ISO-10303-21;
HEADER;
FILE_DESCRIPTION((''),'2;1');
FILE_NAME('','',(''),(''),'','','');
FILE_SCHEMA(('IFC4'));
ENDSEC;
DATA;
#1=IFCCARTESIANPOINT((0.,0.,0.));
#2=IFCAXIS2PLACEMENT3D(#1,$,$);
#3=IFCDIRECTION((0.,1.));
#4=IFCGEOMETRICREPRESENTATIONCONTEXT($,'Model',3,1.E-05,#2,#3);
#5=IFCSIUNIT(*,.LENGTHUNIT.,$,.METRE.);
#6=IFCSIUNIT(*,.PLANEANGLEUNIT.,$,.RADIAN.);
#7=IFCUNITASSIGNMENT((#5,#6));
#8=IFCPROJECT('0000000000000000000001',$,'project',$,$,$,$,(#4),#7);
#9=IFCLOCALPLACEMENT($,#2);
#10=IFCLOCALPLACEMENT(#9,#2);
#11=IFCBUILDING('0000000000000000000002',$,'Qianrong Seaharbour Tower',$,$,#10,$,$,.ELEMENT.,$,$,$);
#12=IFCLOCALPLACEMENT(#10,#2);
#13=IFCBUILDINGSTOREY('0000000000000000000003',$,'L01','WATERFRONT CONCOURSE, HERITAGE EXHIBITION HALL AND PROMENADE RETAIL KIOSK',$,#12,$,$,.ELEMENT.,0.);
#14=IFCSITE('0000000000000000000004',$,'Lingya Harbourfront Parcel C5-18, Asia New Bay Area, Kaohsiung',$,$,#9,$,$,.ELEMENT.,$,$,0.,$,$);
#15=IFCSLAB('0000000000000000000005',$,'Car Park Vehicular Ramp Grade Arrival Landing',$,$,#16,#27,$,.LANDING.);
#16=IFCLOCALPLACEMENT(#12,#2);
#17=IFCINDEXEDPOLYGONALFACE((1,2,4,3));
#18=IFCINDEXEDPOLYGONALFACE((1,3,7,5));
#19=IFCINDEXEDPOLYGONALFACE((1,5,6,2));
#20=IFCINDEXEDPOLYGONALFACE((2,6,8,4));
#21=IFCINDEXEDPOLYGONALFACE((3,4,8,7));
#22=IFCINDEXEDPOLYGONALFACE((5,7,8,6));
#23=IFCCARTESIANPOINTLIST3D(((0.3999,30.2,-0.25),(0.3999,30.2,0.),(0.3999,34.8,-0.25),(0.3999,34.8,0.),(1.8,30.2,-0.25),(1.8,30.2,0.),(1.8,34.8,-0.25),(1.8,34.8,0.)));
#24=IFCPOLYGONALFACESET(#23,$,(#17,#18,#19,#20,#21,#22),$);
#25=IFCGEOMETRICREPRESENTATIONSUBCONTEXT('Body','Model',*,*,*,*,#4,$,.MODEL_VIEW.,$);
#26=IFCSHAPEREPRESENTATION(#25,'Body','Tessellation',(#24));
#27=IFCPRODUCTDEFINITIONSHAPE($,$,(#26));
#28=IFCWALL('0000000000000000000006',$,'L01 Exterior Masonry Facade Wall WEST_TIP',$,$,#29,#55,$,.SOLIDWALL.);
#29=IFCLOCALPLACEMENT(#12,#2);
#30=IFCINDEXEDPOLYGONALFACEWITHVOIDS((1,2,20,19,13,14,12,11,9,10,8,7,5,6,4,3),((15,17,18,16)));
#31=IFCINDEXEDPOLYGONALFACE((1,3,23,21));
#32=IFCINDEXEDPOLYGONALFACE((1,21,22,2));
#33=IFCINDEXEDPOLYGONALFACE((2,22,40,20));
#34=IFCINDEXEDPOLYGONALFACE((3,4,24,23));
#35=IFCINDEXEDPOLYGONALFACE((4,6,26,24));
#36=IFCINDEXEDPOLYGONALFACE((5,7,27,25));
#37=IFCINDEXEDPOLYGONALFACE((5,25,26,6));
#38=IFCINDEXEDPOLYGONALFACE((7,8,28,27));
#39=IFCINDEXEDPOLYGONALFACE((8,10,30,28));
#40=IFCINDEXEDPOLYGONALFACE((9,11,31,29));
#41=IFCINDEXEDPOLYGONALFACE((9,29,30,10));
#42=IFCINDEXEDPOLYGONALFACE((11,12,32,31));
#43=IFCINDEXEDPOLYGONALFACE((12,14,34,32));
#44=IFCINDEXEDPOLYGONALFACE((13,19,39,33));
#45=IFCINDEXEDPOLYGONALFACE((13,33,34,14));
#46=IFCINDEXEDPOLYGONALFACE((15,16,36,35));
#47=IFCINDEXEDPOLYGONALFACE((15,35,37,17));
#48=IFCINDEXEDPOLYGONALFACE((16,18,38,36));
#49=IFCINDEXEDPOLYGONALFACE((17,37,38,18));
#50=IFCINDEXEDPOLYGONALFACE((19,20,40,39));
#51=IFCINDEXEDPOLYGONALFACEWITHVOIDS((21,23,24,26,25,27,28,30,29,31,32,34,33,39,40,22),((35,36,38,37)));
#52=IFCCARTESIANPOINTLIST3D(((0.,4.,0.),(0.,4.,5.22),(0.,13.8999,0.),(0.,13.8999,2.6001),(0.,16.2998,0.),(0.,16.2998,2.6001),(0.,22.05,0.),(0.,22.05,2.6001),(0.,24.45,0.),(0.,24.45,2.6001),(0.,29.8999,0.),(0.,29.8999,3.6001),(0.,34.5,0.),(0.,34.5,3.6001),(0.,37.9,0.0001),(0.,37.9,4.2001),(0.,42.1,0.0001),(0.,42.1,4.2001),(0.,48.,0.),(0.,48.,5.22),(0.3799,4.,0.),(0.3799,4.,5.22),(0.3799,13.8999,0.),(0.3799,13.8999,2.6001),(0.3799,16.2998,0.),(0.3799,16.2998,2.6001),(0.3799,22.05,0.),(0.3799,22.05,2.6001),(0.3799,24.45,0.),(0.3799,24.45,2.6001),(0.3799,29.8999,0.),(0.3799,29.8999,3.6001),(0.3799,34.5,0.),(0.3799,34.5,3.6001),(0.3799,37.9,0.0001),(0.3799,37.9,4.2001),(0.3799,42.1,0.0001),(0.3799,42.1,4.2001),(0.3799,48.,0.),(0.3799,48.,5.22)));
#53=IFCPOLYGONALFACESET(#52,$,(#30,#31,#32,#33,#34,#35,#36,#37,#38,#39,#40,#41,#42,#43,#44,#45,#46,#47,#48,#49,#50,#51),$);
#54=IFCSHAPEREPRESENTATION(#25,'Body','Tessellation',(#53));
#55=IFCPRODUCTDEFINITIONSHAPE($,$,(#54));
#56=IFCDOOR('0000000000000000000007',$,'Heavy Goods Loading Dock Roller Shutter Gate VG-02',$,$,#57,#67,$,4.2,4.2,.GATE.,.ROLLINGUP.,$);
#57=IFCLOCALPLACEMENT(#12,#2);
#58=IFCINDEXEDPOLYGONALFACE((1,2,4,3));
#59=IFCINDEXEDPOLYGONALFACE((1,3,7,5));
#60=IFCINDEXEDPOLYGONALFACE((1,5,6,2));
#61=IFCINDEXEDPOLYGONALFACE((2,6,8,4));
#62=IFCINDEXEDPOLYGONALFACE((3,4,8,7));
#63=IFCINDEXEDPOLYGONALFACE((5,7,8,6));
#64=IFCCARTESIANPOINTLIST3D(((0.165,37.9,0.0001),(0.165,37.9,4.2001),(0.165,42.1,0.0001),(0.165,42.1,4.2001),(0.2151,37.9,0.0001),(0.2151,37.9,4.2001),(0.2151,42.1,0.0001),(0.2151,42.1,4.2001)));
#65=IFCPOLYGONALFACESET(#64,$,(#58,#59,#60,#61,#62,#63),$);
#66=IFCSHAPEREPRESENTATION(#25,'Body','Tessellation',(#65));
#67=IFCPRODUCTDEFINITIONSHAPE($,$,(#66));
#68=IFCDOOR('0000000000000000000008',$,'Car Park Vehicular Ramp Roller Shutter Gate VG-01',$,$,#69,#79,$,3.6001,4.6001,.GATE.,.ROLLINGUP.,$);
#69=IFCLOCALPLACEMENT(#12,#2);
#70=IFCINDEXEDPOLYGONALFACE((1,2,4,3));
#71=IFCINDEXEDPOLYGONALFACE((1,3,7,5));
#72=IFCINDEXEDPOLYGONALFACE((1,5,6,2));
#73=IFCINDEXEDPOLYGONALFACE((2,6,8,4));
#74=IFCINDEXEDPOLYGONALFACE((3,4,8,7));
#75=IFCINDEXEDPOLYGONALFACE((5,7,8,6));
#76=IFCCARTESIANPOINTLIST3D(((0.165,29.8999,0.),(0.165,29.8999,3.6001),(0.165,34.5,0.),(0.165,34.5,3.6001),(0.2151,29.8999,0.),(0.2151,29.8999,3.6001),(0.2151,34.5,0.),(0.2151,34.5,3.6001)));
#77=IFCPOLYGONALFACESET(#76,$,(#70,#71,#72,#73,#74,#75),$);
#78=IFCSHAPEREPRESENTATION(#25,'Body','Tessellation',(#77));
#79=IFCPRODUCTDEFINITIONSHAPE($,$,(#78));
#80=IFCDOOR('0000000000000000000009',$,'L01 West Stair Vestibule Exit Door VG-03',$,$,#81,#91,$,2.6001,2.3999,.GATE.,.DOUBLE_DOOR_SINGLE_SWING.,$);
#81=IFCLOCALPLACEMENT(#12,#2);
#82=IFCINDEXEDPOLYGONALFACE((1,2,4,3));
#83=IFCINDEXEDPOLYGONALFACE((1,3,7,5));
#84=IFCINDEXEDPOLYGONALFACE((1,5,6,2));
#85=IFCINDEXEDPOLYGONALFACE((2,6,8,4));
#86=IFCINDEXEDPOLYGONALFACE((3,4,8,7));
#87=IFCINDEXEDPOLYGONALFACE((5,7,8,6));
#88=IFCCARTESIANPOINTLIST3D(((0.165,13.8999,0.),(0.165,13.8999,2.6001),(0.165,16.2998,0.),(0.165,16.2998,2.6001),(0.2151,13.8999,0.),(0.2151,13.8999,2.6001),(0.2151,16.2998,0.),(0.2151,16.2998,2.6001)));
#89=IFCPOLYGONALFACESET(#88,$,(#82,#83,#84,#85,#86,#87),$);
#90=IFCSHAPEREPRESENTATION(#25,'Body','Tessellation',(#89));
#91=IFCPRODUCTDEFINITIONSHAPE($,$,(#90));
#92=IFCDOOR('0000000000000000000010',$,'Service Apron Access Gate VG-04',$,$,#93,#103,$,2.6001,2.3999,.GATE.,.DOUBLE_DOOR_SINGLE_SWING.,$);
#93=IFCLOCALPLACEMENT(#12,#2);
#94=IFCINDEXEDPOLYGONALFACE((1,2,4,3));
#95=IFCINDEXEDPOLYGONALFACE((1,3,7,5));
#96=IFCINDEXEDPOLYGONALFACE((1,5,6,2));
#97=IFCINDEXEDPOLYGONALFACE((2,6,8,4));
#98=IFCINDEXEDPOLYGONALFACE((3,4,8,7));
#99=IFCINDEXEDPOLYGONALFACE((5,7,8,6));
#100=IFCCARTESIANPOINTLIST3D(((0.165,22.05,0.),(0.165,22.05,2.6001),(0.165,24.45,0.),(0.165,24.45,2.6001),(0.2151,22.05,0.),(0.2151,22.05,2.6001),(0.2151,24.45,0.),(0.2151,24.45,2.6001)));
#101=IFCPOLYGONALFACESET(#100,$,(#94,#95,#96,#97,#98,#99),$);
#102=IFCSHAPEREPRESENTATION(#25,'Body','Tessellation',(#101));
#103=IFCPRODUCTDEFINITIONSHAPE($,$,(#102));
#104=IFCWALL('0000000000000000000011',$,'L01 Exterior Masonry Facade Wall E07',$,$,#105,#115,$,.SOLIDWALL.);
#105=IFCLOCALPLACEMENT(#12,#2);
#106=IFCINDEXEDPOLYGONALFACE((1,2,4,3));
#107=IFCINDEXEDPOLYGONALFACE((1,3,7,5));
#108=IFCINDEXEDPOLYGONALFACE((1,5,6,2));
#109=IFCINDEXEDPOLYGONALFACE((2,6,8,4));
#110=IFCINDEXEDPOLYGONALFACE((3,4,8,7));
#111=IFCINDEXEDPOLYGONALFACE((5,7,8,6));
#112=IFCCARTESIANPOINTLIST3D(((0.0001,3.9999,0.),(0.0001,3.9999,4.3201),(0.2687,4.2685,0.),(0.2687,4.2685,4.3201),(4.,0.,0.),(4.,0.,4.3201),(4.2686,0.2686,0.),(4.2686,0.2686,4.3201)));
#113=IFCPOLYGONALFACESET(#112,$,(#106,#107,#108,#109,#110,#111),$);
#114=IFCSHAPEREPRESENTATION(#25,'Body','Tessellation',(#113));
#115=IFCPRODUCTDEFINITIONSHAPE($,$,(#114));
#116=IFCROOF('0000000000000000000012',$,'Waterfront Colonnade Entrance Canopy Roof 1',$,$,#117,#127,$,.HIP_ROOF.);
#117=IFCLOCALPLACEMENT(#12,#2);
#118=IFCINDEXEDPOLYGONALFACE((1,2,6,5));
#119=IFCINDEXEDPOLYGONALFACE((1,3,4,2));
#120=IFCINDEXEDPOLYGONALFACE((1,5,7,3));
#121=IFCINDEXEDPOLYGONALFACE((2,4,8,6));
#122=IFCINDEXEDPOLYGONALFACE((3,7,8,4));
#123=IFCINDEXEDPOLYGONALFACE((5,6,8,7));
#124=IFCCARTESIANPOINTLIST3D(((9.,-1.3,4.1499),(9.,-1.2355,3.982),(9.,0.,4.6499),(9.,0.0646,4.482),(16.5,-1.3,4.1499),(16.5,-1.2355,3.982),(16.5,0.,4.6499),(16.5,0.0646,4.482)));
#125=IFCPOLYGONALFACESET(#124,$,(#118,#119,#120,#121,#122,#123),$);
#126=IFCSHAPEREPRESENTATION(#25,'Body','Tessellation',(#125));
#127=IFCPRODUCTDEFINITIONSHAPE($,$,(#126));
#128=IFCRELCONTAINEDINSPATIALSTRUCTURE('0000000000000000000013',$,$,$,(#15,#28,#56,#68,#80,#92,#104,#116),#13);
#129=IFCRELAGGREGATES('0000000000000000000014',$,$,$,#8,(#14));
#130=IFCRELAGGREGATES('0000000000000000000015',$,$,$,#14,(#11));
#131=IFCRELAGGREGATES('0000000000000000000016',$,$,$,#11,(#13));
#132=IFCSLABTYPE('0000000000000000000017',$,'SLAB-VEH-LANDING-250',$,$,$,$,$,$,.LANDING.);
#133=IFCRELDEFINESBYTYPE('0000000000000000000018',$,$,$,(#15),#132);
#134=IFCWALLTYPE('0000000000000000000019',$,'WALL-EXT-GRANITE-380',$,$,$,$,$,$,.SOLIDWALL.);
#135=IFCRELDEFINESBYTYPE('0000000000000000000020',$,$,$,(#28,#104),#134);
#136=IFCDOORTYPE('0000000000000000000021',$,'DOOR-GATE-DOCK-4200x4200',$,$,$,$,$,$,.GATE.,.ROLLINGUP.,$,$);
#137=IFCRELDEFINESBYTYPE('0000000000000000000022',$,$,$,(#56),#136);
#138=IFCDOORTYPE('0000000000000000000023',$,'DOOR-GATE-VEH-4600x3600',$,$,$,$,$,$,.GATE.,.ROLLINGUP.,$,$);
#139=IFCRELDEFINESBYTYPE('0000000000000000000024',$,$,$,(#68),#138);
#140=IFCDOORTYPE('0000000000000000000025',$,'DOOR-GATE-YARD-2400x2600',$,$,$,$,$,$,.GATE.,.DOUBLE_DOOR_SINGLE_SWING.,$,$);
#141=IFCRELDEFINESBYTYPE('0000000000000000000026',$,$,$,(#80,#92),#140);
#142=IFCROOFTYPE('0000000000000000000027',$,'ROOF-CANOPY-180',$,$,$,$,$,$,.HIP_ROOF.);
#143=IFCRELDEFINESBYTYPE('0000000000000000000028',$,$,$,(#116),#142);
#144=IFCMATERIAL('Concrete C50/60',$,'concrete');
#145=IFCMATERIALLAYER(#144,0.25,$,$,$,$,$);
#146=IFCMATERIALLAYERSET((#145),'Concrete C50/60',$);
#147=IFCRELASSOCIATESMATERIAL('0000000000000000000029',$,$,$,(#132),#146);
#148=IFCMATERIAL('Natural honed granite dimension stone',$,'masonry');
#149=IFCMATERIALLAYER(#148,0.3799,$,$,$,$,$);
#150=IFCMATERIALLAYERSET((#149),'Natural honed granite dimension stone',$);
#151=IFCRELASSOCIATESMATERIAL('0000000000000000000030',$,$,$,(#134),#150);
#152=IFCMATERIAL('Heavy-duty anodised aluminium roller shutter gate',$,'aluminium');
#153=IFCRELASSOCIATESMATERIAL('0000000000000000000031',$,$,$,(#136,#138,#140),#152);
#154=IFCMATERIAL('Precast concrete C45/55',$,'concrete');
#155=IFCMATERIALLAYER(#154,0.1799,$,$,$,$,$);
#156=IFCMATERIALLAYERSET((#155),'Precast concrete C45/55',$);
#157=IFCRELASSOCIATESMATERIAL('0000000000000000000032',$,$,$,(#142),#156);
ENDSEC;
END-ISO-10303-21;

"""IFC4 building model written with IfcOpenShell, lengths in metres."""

from ifc_helpers import new_model, si_unit, direction, frame, frame_2d, origin, place, context, subcontext, project, spatial, polyline, rectangle, outline, extrude, material, layer, layer_set, type_object, element, fill, save


model = new_model("IFC4")

# Units and contexts
model_context = context("Model", 3, precision=1e-05, world=origin(), true_north=direction((0.0, 1.0)))
body_context = subcontext(model_context, "Body", "Model", "MODEL_VIEW")
ifc_project = project(units=[si_unit("LENGTHUNIT", "METRE"), si_unit("PLANEANGLEUNIT", "RADIAN")], contexts=[model_context])

# Site, building, storey
site_placement = place(None, origin())
site = spatial("IfcSite", under=ifc_project, at=site_placement, Name="Lingya Harbourfront Parcel C5-18, Asia New Bay Area, Kaohsiung", CompositionType="ELEMENT", RefElevation=0.0)
building_placement = place(site_placement, origin())
building = spatial("IfcBuilding", under=site, at=building_placement, Name="Qianrong Seaharbour Tower", CompositionType="ELEMENT")
storey_placement = place(building_placement, origin())
storey = spatial("IfcBuildingStorey", under=building, at=storey_placement, Name="L01", Description="WATERFRONT CONCOURSE, HERITAGE EXHIBITION HALL AND PROMENADE RETAIL KIOSK", CompositionType="ELEMENT", Elevation=0.0)

# Shared definitions
ifc_material_1 = material(Name="Natural honed granite dimension stone", Category="masonry")
ifc_material_2 = material(Name="Concrete C50/60", Category="concrete")

# Slab
ifc_layer_1 = layer(ifc_material_2, 0.25)
ifc_layer_set_1 = layer_set([ifc_layer_1], Name="Concrete C50/60")
slab_type_1 = type_object("IfcSlabType", Name="SLAB-VEH-LANDING-250", PredefinedType="LANDING", material=ifc_layer_set_1)
slab_1_placement = place(storey_placement, frame((0.0, 0.0, -0.25)))
element("IfcSlab", 1, at=slab_1_placement, inside=storey, type_object=slab_type_1, Name="Car Park Vehicular Ramp Grade Arrival Landing", PredefinedType="LANDING", context=body_context, shape_type="SweptSolid", body=[
    extrude(outline(polyline([(0.3999, 30.2), (1.8, 30.2), (1.8, 34.8), (0.3999, 34.8), (0.3999, 30.2)])), origin(), (0.0, 0.0, 1.0), 0.25),
])

# Wall, openings, doors
ifc_layer_2 = layer(ifc_material_1, 0.3799)
ifc_layer_set_2 = layer_set([ifc_layer_2], Name="Natural honed granite dimension stone")
wall_type = type_object("IfcWallType", Name="WALL-EXT-GRANITE-380", PredefinedType="SOLIDWALL", material=ifc_layer_set_2)
wall_1_placement = place(storey_placement, frame((0.1899, 4.0, 0.0), z_axis=(0.0, 0.0, 1.0), x_axis=(0.0, 1.0, 0.0)))
wall_1 = element("IfcWall", 2, at=wall_1_placement, inside=storey, type_object=wall_type, Name="L01 Exterior Masonry Facade Wall WEST_TIP", PredefinedType="SOLIDWALL", context=body_context, shape_type="SweptSolid", body=[
    extrude(rectangle(XDim=44.0, YDim=0.3799, at=frame_2d((22.0, 0.0))), origin(), (0.0, 0.0, 1.0), 5.22),
])
opening_1_placement = place(wall_1_placement, frame((25.8999, 0.0, 0.0)))
opening_1 = element("IfcOpeningElement", 3, at=opening_1_placement, cuts=wall_1, PredefinedType="OPENING", context=body_context, shape_type="SweptSolid", body=[
    extrude(rectangle(XDim=4.6001, YDim=3.6001, at=frame_2d((2.3, 1.8))), frame((0.0, 0.2, 0.0), z_axis=(0.0, -1.0, 0.0), x_axis=(1.0, 0.0, 0.0)), (0.0, 0.0, 1.0), 0.3999),
])
opening_2_placement = place(wall_1_placement, frame((33.8999, 0.0, 0.0)))
opening_2 = element("IfcOpeningElement", 4, at=opening_2_placement, cuts=wall_1, PredefinedType="OPENING", context=body_context, shape_type="SweptSolid", body=[
    extrude(rectangle(XDim=4.2, YDim=4.2, at=frame_2d((2.1001, 2.1001))), frame((0.0, 0.2, 0.0), z_axis=(0.0, -1.0, 0.0), x_axis=(1.0, 0.0, 0.0)), (0.0, 0.0, 1.0), 0.3999),
])
opening_3_placement = place(wall_1_placement, frame((9.8999, 0.0, 0.0)))
opening_3 = element("IfcOpeningElement", 5, at=opening_3_placement, cuts=wall_1, PredefinedType="OPENING", context=body_context, shape_type="SweptSolid", body=[
    extrude(rectangle(XDim=2.3999, YDim=2.6001, at=frame_2d((1.2, 1.3))), frame((0.0, 0.2, 0.0), z_axis=(0.0, -1.0, 0.0), x_axis=(1.0, 0.0, 0.0)), (0.0, 0.0, 1.0), 0.3999),
])
opening_4_placement = place(wall_1_placement, frame((18.05, 0.0, 0.0)))
opening_4 = element("IfcOpeningElement", 6, at=opening_4_placement, cuts=wall_1, PredefinedType="OPENING", context=body_context, shape_type="SweptSolid", body=[
    extrude(rectangle(XDim=2.3999, YDim=2.6001, at=frame_2d((1.2, 1.3))), frame((0.0, 0.2, 0.0), z_axis=(0.0, -1.0, 0.0), x_axis=(1.0, 0.0, 0.0)), (0.0, 0.0, 1.0), 0.3999),
])
ifc_material_3 = material(Name="Heavy-duty anodised aluminium roller shutter gate", Category="aluminium")
door_type_1 = type_object("IfcDoorType", Name="DOOR-GATE-DOCK-4200x4200", OperationType="ROLLINGUP", PredefinedType="GATE", material=ifc_material_3)
door_1_placement = place(opening_2_placement, origin())
door_1 = element("IfcDoor", 7, at=door_1_placement, inside=storey, type_object=door_type_1, Name="Heavy Goods Loading Dock Roller Shutter Gate VG-02", OperationType="ROLLINGUP", OverallHeight=4.2, OverallWidth=4.2, PredefinedType="GATE", context=body_context, shape_type="SweptSolid", body=[
    extrude(rectangle(XDim=4.2, YDim=4.2, at=frame_2d((2.1001, 2.1001))), frame((0.0, 0.0249, 0.0), z_axis=(0.0, -1.0, 0.0), x_axis=(1.0, 0.0, 0.0)), (0.0, 0.0, 1.0), 0.05),
])
fill(opening_2, door_1)
door_type_2 = type_object("IfcDoorType", Name="DOOR-GATE-VEH-4600x3600", OperationType="ROLLINGUP", PredefinedType="GATE", material=ifc_material_3)
door_2_placement = place(opening_1_placement, origin())
door_2 = element("IfcDoor", 8, at=door_2_placement, inside=storey, type_object=door_type_2, Name="Car Park Vehicular Ramp Roller Shutter Gate VG-01", OperationType="ROLLINGUP", OverallHeight=3.6001, OverallWidth=4.6001, PredefinedType="GATE", context=body_context, shape_type="SweptSolid", body=[
    extrude(rectangle(XDim=4.6001, YDim=3.6001, at=frame_2d((2.3, 1.8))), frame((0.0, 0.0249, 0.0), z_axis=(0.0, -1.0, 0.0), x_axis=(1.0, 0.0, 0.0)), (0.0, 0.0, 1.0), 0.05),
])
fill(opening_1, door_2)
door_type_3 = type_object("IfcDoorType", Name="DOOR-GATE-YARD-2400x2600", OperationType="DOUBLE_DOOR_SINGLE_SWING", PredefinedType="GATE", material=ifc_material_3)
door_3_placement = place(opening_3_placement, origin())
door_3 = element("IfcDoor", 9, at=door_3_placement, inside=storey, type_object=door_type_3, Name="L01 West Stair Vestibule Exit Door VG-03", OperationType="DOUBLE_DOOR_SINGLE_SWING", OverallHeight=2.6001, OverallWidth=2.3999, PredefinedType="GATE", context=body_context, shape_type="SweptSolid", body=[
    extrude(rectangle(XDim=2.3999, YDim=2.6001, at=frame_2d((1.2, 1.3))), frame((0.0, 0.0249, 0.0), z_axis=(0.0, -1.0, 0.0), x_axis=(1.0, 0.0, 0.0)), (0.0, 0.0, 1.0), 0.05),
])
fill(opening_3, door_3)
door_4_placement = place(opening_4_placement, origin())
door_4 = element("IfcDoor", 10, at=door_4_placement, inside=storey, type_object=door_type_3, Name="Service Apron Access Gate VG-04", OperationType="DOUBLE_DOOR_SINGLE_SWING", OverallHeight=2.6001, OverallWidth=2.3999, PredefinedType="GATE", context=body_context, shape_type="SweptSolid", body=[
    extrude(rectangle(XDim=2.3999, YDim=2.6001, at=frame_2d((1.2, 1.3))), frame((0.0, 0.0249, 0.0), z_axis=(0.0, -1.0, 0.0), x_axis=(1.0, 0.0, 0.0)), (0.0, 0.0, 1.0), 0.05),
])
fill(opening_4, door_4)

# Wall
wall_2_placement = place(storey_placement, frame((4.1343, 0.1343, 0.0), z_axis=(0.0, 0.0, 1.0), x_axis=(-0.707107, 0.707107, 0.0)))
element("IfcWall", 11, at=wall_2_placement, inside=storey, type_object=wall_type, Name="L01 Exterior Masonry Facade Wall E07", PredefinedType="SOLIDWALL", context=body_context, shape_type="SweptSolid", body=[
    extrude(rectangle(XDim=5.6567, YDim=0.3799, at=frame_2d((2.8284, 0.0))), origin(), (0.0, 0.0, 1.0), 4.3201),
])

# Roof
ifc_material_4 = material(Name="Precast concrete C45/55", Category="concrete")
ifc_layer_3 = layer(ifc_material_4, 0.1799)
ifc_layer_set_3 = layer_set([ifc_layer_3], Name="Precast concrete C45/55")
roof_type = type_object("IfcRoofType", Name="ROOF-CANOPY-180", PredefinedType="HIP_ROOF", material=ifc_layer_set_3)
roof_placement = place(storey_placement, frame((9.0, -1.3, 4.1499), z_axis=(0.0, -0.358967, 0.93335), x_axis=(1.0, 0.0, 0.0)))
element("IfcRoof", 12, at=roof_placement, inside=storey, type_object=roof_type, Name="Waterfront Colonnade Entrance Canopy Roof 1", PredefinedType="HIP_ROOF", context=body_context, shape_type="SweptSolid", body=[
    extrude(outline(polyline([(0.0, 0.0), (7.5, 0.0), (7.5, 1.3929), (0.0, 1.3929), (0.0, 0.0)])), origin(), (0.0, 0.0, -1.0), 0.1799),
])

save(model, "model.ifc")
